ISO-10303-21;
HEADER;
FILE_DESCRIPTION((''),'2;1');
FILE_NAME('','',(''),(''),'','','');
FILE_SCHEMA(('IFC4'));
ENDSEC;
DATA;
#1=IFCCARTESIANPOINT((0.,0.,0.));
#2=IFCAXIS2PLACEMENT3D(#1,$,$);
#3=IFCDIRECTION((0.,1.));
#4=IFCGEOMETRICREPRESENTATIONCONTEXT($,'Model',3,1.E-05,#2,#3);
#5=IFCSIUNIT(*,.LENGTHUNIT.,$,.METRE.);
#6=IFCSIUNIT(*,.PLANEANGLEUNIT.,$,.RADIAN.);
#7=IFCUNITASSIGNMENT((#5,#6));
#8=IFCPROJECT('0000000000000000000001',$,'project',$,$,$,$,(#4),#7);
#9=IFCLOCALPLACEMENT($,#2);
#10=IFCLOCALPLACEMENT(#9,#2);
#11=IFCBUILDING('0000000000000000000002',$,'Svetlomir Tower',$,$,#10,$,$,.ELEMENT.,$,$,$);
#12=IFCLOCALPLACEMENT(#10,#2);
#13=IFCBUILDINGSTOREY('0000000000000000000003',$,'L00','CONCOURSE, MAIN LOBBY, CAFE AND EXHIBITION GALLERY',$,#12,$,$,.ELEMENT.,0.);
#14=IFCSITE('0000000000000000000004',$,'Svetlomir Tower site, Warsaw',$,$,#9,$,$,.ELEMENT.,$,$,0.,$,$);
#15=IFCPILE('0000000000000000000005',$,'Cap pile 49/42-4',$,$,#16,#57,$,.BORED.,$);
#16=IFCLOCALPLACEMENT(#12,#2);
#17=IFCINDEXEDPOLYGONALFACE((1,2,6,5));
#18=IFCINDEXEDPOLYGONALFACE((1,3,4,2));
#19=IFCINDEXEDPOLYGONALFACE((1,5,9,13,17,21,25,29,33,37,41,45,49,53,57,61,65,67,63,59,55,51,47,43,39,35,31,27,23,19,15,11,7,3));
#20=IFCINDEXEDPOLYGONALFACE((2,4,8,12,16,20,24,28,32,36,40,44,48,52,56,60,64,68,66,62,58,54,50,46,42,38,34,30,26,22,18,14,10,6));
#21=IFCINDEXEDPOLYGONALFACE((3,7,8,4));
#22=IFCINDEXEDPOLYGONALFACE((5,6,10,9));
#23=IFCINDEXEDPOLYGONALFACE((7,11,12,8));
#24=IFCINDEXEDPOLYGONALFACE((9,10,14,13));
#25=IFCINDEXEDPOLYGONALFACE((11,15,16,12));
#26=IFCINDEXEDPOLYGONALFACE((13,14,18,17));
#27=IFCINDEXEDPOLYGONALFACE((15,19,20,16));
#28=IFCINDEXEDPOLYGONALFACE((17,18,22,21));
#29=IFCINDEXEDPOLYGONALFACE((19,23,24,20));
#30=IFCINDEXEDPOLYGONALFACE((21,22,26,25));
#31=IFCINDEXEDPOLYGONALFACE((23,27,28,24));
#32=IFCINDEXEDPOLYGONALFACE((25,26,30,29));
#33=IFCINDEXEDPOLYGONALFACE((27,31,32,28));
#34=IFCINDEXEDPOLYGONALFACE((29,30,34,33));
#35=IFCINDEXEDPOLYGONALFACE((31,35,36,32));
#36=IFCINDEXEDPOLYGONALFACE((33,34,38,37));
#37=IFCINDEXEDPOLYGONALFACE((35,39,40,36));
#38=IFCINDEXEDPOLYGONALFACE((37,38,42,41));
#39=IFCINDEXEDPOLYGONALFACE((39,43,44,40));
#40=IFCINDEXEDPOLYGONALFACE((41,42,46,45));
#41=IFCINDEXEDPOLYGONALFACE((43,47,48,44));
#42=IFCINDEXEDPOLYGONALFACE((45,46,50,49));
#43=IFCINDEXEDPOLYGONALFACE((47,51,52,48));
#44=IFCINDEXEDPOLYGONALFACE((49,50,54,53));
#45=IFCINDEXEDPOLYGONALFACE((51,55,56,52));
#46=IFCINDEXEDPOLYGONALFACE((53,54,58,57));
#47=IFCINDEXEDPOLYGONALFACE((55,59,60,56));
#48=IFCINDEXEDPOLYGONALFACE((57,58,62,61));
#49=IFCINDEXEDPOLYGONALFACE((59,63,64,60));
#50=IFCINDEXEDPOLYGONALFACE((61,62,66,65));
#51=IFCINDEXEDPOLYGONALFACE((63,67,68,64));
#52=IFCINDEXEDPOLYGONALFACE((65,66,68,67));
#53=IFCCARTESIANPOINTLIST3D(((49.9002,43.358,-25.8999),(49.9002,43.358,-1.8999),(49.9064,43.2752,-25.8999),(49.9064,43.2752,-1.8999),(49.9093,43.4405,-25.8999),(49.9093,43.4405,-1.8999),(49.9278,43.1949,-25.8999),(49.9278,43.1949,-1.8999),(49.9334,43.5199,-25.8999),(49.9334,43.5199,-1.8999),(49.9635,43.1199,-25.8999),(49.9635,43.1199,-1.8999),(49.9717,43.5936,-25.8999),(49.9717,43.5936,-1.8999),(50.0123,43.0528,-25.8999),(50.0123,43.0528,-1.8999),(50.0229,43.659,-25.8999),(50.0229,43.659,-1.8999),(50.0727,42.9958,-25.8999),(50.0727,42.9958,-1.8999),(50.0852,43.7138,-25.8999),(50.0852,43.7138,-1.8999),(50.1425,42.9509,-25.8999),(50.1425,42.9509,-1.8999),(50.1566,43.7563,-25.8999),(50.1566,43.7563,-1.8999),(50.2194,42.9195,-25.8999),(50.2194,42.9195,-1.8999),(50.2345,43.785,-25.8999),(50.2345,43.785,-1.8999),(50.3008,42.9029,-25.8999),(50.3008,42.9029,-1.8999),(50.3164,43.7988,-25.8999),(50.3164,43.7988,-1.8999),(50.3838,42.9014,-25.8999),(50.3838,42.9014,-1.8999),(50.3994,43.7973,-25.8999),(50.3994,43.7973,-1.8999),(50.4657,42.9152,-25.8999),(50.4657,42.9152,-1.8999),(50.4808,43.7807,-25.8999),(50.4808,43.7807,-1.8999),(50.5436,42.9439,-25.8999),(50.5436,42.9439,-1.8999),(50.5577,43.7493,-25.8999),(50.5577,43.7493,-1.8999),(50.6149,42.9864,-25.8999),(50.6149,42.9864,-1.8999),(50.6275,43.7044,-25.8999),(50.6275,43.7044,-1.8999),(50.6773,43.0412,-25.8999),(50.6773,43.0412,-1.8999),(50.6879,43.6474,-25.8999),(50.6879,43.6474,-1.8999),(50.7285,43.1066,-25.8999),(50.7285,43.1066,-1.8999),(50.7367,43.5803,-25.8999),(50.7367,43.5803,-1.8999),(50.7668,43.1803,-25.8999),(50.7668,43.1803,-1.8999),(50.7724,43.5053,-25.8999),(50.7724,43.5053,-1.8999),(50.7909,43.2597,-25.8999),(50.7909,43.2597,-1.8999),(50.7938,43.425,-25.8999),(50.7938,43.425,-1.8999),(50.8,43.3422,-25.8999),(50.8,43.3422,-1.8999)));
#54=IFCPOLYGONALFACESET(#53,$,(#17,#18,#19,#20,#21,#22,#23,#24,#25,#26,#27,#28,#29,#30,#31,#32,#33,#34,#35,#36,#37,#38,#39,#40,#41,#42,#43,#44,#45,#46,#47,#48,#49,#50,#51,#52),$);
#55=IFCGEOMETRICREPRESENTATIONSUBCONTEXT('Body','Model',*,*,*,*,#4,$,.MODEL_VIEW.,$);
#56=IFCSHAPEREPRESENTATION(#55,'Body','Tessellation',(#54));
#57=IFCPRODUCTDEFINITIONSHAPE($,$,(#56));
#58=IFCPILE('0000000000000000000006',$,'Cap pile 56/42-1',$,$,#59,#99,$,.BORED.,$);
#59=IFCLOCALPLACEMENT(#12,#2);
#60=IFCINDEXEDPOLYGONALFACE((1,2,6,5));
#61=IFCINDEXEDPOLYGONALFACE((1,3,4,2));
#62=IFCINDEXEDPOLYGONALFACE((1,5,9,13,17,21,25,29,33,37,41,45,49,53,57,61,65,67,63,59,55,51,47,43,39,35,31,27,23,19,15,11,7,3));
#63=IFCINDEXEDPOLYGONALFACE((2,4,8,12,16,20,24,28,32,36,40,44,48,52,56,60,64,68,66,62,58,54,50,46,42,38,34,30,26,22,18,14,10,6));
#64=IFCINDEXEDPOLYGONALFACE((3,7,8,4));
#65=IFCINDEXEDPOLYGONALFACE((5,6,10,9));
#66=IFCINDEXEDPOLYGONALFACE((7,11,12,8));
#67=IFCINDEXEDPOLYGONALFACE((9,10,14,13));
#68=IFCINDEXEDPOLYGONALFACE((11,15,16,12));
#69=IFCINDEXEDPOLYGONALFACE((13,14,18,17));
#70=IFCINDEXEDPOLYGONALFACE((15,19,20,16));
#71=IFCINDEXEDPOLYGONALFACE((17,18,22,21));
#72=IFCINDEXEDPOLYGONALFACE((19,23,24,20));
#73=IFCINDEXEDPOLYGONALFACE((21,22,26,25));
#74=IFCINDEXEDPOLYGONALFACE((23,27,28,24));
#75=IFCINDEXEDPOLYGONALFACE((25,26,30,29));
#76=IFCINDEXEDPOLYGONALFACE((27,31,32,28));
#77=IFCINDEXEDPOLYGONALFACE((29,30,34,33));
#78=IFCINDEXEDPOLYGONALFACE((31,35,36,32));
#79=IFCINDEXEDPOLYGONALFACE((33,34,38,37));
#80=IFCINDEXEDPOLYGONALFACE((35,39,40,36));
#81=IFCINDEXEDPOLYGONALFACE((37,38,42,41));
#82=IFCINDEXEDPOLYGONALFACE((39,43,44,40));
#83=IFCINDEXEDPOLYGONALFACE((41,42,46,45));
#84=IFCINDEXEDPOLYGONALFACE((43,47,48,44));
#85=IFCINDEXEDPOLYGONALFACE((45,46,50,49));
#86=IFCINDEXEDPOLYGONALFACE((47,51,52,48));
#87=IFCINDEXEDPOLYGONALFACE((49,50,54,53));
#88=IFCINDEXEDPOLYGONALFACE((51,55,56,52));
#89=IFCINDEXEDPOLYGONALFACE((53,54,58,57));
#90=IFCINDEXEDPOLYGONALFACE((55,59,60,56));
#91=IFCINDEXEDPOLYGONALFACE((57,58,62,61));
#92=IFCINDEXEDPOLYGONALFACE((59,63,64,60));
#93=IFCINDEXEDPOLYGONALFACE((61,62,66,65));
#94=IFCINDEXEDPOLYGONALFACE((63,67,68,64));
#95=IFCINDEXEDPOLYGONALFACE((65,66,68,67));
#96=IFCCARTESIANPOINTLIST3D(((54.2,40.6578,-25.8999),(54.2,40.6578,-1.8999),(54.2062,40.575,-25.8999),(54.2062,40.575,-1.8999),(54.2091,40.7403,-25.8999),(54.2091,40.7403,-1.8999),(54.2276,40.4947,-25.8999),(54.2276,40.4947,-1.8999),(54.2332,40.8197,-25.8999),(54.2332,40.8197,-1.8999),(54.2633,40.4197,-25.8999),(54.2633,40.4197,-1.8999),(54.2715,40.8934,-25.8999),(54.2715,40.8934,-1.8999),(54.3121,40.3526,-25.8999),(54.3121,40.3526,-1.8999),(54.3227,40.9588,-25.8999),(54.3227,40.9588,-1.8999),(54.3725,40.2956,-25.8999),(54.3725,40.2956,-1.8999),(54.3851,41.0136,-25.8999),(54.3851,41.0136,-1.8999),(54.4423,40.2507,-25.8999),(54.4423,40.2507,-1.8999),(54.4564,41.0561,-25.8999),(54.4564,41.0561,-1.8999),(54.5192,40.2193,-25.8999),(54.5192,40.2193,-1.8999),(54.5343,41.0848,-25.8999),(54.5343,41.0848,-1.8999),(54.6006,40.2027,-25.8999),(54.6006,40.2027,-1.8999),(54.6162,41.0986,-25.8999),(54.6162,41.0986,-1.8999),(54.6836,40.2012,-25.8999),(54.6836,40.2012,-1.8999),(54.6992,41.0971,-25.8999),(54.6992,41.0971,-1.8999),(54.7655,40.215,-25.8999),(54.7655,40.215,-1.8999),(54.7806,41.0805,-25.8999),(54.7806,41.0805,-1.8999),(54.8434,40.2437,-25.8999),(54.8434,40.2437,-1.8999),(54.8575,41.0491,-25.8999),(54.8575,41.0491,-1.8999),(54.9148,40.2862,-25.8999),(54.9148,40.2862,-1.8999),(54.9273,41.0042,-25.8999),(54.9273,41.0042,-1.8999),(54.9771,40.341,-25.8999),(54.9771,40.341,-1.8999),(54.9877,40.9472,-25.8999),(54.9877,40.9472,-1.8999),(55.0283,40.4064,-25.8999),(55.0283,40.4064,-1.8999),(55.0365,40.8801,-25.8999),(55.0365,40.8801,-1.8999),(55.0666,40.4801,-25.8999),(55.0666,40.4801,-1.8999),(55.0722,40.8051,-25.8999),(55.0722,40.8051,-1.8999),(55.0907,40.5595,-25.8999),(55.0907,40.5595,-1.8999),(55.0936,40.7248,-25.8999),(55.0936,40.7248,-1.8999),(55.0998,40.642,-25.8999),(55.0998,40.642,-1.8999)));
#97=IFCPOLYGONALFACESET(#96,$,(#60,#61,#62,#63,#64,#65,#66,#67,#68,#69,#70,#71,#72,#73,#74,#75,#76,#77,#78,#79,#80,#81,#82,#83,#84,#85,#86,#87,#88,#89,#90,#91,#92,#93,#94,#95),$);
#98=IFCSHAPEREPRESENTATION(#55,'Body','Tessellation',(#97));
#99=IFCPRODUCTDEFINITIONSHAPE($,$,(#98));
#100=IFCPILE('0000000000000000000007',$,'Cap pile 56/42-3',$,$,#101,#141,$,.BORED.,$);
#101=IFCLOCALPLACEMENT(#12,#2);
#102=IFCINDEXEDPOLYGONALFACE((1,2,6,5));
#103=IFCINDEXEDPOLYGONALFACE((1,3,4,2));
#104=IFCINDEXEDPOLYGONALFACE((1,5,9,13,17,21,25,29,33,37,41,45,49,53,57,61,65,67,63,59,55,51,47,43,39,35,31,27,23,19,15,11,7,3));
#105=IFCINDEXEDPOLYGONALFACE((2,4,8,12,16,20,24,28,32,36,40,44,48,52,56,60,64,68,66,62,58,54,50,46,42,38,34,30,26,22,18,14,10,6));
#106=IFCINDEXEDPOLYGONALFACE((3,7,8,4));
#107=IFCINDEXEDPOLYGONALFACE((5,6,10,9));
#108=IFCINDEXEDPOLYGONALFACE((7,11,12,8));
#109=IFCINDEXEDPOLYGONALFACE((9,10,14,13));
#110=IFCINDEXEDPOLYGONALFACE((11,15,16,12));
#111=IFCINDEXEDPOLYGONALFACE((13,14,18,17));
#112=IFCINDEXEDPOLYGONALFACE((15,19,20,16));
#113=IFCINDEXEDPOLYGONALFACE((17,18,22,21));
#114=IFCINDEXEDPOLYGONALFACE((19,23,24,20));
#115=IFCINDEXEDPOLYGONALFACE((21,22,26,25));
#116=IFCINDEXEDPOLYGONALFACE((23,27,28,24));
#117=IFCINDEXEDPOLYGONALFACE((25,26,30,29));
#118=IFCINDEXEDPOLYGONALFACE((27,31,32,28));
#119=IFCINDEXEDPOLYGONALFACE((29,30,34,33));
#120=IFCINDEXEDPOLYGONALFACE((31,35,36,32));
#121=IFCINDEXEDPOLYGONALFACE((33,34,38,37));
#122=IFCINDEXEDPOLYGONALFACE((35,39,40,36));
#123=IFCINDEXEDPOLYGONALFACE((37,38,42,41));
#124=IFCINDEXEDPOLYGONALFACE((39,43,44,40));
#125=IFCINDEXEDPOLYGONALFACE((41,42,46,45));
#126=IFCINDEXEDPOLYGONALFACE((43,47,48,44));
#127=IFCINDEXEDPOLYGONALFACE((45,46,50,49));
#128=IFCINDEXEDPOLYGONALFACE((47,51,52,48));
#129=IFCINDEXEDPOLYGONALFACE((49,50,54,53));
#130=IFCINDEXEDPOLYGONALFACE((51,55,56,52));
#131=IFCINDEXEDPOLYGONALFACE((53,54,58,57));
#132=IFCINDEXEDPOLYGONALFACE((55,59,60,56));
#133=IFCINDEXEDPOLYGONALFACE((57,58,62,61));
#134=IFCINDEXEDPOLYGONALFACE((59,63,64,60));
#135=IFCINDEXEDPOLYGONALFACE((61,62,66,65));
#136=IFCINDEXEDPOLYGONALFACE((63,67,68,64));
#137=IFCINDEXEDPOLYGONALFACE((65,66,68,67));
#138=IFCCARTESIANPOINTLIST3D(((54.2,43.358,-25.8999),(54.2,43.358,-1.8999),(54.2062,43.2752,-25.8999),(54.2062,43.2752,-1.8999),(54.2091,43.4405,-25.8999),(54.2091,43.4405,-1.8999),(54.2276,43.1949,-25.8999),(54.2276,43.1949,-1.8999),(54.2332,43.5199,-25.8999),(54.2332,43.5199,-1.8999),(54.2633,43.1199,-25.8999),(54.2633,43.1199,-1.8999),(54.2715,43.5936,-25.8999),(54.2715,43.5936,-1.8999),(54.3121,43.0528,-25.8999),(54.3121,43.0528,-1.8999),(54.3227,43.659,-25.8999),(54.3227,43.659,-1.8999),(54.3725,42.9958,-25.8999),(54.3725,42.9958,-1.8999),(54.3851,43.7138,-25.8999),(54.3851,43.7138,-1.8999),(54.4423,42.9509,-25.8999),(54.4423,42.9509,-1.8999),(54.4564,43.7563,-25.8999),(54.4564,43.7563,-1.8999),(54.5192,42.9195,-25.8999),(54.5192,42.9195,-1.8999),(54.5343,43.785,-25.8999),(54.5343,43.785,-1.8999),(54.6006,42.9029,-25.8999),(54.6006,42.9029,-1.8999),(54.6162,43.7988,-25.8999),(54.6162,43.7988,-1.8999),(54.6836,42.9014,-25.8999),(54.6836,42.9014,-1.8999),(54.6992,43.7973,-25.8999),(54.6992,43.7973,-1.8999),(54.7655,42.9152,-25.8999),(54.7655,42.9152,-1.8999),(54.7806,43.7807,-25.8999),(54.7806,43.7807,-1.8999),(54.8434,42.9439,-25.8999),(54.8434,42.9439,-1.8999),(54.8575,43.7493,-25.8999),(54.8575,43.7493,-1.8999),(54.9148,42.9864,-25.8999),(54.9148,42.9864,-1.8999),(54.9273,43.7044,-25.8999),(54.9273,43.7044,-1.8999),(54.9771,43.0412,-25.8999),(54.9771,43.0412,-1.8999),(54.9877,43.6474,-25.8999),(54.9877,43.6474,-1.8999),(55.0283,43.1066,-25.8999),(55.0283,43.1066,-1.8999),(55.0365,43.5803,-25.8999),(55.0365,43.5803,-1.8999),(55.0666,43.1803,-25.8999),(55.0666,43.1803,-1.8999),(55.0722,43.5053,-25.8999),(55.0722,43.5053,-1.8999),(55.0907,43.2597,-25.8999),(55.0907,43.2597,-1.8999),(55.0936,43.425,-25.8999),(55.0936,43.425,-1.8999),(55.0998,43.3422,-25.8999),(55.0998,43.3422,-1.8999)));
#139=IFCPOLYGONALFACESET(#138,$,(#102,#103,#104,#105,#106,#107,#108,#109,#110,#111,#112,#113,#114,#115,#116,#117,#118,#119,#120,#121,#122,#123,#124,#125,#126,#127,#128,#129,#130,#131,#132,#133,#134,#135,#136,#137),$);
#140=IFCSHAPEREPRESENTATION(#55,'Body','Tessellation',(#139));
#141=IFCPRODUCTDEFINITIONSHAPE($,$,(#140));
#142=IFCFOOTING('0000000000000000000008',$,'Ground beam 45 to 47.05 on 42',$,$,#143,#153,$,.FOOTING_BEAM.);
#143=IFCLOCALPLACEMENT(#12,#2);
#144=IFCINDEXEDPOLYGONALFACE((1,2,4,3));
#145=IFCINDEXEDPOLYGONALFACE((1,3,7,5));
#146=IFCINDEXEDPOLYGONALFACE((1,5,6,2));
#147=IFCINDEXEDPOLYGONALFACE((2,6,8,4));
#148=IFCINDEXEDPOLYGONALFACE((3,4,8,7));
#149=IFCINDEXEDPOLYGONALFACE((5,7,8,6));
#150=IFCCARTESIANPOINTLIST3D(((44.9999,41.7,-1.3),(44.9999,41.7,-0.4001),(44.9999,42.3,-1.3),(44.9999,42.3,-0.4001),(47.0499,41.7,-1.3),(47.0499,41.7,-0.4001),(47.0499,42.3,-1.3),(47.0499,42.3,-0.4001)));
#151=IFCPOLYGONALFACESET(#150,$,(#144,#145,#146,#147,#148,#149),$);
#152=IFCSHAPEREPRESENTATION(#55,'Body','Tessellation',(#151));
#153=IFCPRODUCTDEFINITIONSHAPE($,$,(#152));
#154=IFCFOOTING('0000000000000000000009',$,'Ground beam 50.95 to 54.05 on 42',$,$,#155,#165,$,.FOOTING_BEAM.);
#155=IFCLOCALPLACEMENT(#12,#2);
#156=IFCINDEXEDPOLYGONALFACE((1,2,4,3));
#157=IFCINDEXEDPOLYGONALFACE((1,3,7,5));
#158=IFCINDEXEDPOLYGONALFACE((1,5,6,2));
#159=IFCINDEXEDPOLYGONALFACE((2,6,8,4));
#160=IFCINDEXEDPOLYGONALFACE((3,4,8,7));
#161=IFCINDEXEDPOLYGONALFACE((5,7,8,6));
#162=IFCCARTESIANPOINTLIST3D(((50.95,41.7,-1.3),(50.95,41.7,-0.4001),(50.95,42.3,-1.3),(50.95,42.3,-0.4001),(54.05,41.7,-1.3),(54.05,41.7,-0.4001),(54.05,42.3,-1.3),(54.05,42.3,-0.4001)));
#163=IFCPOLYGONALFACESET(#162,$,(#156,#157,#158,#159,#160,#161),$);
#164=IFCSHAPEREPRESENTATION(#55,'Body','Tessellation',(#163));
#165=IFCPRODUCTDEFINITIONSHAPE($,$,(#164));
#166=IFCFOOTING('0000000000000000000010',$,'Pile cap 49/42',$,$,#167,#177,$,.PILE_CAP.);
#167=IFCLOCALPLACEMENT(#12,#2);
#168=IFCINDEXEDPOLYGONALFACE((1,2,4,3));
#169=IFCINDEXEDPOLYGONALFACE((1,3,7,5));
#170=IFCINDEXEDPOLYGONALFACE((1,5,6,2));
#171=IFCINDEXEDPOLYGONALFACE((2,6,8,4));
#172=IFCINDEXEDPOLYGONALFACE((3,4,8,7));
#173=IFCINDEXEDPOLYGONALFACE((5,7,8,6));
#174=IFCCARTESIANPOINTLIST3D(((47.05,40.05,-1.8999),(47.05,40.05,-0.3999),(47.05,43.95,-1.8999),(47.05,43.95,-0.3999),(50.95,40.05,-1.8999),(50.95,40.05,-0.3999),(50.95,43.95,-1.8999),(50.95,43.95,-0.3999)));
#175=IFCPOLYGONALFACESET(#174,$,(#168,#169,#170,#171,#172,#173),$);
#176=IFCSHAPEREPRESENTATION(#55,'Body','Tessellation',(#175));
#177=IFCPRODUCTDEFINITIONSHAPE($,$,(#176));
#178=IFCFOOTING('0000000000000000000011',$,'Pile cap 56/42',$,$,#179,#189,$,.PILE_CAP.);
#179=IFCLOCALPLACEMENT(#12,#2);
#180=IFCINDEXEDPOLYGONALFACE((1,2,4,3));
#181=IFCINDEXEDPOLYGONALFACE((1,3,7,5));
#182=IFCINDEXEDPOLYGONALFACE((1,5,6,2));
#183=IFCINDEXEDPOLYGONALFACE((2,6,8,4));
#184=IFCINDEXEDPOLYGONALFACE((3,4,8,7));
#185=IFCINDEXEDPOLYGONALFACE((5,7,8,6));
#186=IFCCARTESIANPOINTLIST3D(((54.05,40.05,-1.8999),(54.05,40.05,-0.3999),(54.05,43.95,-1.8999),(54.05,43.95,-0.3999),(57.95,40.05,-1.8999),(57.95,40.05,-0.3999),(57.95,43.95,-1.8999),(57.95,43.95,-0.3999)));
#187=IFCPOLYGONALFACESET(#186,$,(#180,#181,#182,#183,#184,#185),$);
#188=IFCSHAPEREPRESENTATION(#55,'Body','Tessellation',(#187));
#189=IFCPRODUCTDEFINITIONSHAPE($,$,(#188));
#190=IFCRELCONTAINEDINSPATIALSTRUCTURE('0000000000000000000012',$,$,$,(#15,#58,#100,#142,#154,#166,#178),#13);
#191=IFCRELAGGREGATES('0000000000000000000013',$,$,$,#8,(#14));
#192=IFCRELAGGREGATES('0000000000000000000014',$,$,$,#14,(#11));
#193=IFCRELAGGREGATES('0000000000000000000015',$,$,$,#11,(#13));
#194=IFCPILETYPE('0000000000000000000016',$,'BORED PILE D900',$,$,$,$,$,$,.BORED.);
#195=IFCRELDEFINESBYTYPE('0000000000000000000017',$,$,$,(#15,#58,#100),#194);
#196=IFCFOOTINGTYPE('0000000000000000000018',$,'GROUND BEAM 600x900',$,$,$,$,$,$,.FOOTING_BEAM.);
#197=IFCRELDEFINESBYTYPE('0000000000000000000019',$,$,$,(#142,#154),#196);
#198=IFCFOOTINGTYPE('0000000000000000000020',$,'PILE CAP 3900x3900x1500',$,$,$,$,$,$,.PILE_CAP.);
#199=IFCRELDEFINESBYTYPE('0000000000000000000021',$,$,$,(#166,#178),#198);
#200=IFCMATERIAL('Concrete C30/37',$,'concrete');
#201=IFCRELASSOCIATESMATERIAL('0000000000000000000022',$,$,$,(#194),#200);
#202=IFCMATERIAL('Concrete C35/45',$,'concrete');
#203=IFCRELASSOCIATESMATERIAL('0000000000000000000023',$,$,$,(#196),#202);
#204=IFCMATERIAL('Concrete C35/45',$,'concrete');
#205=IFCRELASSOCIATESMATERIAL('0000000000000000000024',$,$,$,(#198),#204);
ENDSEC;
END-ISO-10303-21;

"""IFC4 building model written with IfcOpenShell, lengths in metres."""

from ifc_helpers import new_model, si_unit, direction, frame, frame_2d, origin, origin_2d, place, context, subcontext, project, spatial, rectangle, circle, extrude, material, material_profile, profile_set, type_object, element, save


model = new_model("IFC4")

# Units and contexts
model_context = context("Model", 3, precision=1e-05, world=origin(), true_north=direction((0.0, 1.0)))
body_context = subcontext(model_context, "Body", "Model", "MODEL_VIEW")
ifc_project = project(units=[si_unit("LENGTHUNIT", "METRE"), si_unit("PLANEANGLEUNIT", "RADIAN")], contexts=[model_context])

# Site, building, storey
site_placement = place(None, origin())
site = spatial("IfcSite", under=ifc_project, at=site_placement, Name="Svetlomir Tower site, Warsaw", CompositionType="ELEMENT", RefElevation=0.0)
building_placement = place(site_placement, origin())
building = spatial("IfcBuilding", under=site, at=building_placement, Name="Svetlomir Tower", CompositionType="ELEMENT")
storey_placement = place(building_placement, origin())
storey = spatial("IfcBuildingStorey", under=building, at=storey_placement, Name="L00", Description="CONCOURSE, MAIN LOBBY, CAFE AND EXHIBITION GALLERY", CompositionType="ELEMENT", Elevation=0.0)

# Piles
ifc_material_1 = material(Name="Concrete C30/37", Category="concrete")
ifc_material_profile_1 = material_profile(ifc_material_1, circle(Radius=0.45, at=origin_2d()), Name="RC D900")
ifc_profile_set_1 = profile_set([ifc_material_profile_1], Name="Concrete C30/37")
pile_type_1 = type_object("IfcPileType", Name="BORED PILE D900", PredefinedType="BORED", material=ifc_profile_set_1)
for number, where, z_axis, x_axis, name in (
    (1, (50.3501, 43.3501, -1.8999), (0.0, 0.0, -1.0), (1.0, 0.0, 0.0), "Cap pile 49/42-4"),
    (2, (54.6499, 40.6499, -1.8999), (0.0, 0.0, -1.0), (1.0, 0.0, 0.0), "Cap pile 56/42-1"),
    (3, (54.6499, 43.3501, -1.8999), (0.0, 0.0, -1.0), (1.0, 0.0, 0.0), "Cap pile 56/42-3"),
):
    element("IfcPile", number, at=place(storey_placement, frame(where, z_axis=z_axis, x_axis=x_axis)), inside=storey, type_object=pile_type_1, Name=name, PredefinedType="BORED", context=body_context, shape_type="SweptSolid", body=[
        extrude(circle(Radius=0.45, at=frame_2d((0.0, 0.0), x_axis=(0.999848, 0.017452))), origin(), (0.0, 0.0, 1.0), 24.0),
    ])

# Footings
ifc_material_2 = material(Name="Concrete C35/45", Category="concrete")
footing_type_1 = type_object("IfcFootingType", Name="GROUND BEAM 600x900", PredefinedType="FOOTING_BEAM", material=ifc_material_2)
footing_1_placement = place(storey_placement, frame((46.0249, 42.0, -1.3), z_axis=(0.0, 0.0, 1.0), x_axis=(1.0, 0.0, 0.0)))
element("IfcFooting", 4, at=footing_1_placement, inside=storey, type_object=footing_type_1, Name="Ground beam 45 to 47.05 on 42", PredefinedType="FOOTING_BEAM", context=body_context, shape_type="SweptSolid", body=[
    extrude(rectangle(XDim=2.05, YDim=0.6001, at=origin_2d()), origin(), (0.0, 0.0, 1.0), 0.8999),
])
footing_2_placement = place(storey_placement, frame((52.5, 42.0, -1.3), z_axis=(0.0, 0.0, 1.0), x_axis=(1.0, 0.0, 0.0)))
element("IfcFooting", 5, at=footing_2_placement, inside=storey, type_object=footing_type_1, Name="Ground beam 50.95 to 54.05 on 42", PredefinedType="FOOTING_BEAM", context=body_context, shape_type="SweptSolid", body=[
    extrude(rectangle(XDim=3.1001, YDim=0.6001, at=origin_2d()), origin(), (0.0, 0.0, 1.0), 0.8999),
])
ifc_material_3 = material(Name="Concrete C35/45", Category="concrete")
footing_type_2 = type_object("IfcFootingType", Name="PILE CAP 3900x3900x1500", PredefinedType="PILE_CAP", material=ifc_material_3)
for number, where, z_axis, x_axis, name in (
    (6, (49.0, 42.0, -1.8999), (0.0, 0.0, 1.0), (1.0, 0.0, 0.0), "Pile cap 49/42"),
    (7, (56.0, 42.0, -1.8999), (0.0, 0.0, 1.0), (1.0, 0.0, 0.0), "Pile cap 56/42"),
):
    element("IfcFooting", number, at=place(storey_placement, frame(where, z_axis=z_axis, x_axis=x_axis)), inside=storey, type_object=footing_type_2, Name=name, PredefinedType="PILE_CAP", context=body_context, shape_type="SweptSolid", body=[
        extrude(rectangle(XDim=3.8999, YDim=3.8999, at=origin_2d()), origin(), (0.0, 0.0, 1.0), 1.5),
    ])

save(model, "model.ifc")
